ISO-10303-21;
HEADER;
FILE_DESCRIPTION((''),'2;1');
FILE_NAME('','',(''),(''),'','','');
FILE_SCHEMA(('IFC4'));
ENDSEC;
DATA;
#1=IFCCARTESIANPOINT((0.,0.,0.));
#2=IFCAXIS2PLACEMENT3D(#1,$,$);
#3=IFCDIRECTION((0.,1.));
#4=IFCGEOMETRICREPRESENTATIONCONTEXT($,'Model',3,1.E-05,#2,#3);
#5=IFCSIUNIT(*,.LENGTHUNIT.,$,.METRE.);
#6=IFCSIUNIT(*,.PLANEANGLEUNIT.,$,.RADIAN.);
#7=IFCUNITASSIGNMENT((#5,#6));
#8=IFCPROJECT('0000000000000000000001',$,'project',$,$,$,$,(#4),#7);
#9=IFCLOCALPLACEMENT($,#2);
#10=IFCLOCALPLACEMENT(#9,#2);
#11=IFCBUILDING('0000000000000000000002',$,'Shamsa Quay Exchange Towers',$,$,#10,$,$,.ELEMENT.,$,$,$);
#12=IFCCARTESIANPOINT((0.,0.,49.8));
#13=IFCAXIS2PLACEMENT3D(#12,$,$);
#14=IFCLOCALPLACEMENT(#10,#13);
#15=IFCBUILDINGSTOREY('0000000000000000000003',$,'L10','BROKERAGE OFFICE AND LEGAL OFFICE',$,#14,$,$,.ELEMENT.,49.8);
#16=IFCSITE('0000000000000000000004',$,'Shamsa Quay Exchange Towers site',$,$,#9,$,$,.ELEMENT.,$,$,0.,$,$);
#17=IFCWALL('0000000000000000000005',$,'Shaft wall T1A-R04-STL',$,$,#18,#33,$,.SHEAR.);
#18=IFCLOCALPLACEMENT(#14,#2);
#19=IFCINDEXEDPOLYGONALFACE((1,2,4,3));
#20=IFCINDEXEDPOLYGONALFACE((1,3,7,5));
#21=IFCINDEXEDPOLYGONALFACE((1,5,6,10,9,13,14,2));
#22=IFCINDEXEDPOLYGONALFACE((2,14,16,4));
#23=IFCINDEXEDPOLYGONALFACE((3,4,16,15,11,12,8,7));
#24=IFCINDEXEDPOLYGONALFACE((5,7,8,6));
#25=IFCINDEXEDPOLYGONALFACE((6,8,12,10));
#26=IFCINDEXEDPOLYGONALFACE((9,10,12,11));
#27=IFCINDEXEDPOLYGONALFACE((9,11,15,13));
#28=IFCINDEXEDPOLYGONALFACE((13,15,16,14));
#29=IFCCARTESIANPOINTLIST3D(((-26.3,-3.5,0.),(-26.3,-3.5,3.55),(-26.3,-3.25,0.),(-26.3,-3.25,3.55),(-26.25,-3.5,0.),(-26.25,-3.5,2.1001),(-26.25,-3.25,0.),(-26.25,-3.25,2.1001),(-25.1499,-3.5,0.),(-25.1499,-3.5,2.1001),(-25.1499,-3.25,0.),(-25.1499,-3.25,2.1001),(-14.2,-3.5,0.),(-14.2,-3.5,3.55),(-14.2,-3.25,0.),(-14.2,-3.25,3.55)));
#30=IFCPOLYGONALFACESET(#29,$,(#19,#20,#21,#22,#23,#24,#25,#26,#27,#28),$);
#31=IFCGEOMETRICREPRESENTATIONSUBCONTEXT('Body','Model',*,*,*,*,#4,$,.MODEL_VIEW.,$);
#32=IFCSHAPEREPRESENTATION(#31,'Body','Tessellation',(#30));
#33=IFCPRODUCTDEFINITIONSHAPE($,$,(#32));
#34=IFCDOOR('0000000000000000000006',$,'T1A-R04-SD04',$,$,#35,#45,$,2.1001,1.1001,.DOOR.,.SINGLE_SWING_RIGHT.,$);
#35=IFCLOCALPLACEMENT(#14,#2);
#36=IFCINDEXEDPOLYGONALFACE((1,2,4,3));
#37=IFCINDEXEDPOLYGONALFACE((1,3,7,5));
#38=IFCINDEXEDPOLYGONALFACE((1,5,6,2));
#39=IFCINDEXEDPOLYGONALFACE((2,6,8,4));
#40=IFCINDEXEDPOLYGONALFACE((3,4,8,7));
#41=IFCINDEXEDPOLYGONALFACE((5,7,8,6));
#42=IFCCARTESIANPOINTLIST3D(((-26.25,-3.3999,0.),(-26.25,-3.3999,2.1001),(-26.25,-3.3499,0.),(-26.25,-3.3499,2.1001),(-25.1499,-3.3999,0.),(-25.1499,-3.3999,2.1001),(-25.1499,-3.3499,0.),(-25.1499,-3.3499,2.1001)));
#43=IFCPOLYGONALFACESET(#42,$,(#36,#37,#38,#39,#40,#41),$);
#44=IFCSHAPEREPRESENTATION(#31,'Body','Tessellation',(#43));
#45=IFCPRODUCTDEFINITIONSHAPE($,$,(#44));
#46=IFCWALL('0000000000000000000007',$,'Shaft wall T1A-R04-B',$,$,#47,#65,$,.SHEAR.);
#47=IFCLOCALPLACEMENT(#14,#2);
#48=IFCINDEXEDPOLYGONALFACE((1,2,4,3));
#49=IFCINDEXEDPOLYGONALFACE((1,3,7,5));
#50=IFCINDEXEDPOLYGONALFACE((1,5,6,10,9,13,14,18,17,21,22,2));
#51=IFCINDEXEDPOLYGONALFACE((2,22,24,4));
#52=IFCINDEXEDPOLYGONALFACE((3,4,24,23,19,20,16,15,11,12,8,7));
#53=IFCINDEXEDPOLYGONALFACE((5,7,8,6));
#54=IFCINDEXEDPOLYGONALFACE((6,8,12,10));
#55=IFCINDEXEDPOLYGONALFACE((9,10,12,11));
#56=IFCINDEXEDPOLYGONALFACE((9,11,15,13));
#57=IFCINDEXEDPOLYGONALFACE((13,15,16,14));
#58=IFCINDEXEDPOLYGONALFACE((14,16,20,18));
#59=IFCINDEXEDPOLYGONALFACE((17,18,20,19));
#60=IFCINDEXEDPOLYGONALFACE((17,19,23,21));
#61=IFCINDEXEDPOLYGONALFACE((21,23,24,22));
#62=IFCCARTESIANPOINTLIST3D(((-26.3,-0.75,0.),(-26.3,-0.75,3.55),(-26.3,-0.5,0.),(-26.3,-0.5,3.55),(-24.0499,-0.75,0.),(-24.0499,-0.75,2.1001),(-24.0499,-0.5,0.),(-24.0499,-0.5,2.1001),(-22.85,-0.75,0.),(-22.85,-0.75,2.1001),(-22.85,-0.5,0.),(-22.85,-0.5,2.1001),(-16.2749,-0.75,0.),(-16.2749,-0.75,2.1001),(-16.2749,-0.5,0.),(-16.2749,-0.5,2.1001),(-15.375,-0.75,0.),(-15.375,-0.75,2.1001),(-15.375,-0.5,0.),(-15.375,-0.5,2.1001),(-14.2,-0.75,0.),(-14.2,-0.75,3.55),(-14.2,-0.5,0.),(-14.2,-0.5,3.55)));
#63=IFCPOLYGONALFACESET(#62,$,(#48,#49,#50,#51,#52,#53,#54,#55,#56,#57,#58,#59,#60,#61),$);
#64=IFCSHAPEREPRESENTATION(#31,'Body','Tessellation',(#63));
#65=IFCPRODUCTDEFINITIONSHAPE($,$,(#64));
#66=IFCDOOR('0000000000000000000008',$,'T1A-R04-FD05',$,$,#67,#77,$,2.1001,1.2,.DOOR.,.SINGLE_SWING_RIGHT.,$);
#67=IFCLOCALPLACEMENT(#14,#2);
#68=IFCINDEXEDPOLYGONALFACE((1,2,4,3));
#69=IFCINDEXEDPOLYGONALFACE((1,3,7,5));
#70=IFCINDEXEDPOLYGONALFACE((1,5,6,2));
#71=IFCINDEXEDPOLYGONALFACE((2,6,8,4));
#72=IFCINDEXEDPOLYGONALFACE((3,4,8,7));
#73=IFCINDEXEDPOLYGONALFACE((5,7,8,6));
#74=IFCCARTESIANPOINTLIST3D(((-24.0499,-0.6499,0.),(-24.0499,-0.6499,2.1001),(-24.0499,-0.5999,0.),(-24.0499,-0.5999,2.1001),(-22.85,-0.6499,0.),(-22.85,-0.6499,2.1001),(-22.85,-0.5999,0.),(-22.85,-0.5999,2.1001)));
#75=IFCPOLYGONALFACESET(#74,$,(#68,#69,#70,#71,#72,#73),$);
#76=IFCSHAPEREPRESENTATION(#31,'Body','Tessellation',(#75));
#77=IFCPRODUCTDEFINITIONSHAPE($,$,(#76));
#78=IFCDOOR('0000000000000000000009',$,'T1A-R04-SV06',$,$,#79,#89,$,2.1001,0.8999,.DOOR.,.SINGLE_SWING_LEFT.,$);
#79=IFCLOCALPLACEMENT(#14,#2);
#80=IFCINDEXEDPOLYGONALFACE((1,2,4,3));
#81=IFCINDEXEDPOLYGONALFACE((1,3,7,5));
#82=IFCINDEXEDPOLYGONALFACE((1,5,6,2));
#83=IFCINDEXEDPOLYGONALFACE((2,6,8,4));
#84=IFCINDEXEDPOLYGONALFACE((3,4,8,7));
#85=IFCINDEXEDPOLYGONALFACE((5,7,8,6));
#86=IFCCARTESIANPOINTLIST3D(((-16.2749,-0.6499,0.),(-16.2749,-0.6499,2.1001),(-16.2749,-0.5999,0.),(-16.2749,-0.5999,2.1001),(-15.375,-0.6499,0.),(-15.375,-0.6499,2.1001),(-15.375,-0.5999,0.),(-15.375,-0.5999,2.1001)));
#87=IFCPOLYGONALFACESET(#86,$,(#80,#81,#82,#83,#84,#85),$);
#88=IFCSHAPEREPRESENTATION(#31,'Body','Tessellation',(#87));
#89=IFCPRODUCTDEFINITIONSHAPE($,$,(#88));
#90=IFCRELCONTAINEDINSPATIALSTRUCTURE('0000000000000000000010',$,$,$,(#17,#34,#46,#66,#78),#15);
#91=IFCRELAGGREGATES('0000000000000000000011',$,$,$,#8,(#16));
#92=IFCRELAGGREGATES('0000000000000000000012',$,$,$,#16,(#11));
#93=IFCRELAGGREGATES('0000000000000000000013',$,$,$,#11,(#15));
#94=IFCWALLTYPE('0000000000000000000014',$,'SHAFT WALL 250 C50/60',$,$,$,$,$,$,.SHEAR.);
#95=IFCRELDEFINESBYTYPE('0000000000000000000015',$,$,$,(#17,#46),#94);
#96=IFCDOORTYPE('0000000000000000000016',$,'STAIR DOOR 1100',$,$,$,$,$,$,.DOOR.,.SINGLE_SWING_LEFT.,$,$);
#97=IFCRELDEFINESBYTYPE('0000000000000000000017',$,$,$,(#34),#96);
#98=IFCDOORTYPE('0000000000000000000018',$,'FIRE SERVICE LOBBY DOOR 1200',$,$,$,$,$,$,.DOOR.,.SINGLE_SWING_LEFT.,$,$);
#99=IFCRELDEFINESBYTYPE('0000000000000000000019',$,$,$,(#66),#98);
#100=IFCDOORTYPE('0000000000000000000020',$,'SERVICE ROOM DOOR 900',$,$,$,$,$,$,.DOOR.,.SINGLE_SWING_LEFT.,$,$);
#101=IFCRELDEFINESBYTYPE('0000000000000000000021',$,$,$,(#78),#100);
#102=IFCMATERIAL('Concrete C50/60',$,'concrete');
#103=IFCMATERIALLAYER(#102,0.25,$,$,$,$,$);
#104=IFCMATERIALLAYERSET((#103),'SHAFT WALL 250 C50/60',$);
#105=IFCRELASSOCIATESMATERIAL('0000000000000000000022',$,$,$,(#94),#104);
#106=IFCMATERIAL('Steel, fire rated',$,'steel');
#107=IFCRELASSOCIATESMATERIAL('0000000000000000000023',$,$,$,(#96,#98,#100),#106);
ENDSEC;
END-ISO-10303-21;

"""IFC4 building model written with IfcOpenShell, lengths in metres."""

from ifc_helpers import new_model, si_unit, direction, frame, frame_2d, origin, place, context, subcontext, project, spatial, rectangle, extrude, material, layer, layer_set, type_object, element, fill, save


model = new_model("IFC4")

# Units and contexts
model_context = context("Model", 3, precision=1e-05, world=origin(), true_north=direction((0.0, 1.0)))
body_context = subcontext(model_context, "Body", "Model", "MODEL_VIEW")
ifc_project = project(units=[si_unit("LENGTHUNIT", "METRE"), si_unit("PLANEANGLEUNIT", "RADIAN")], contexts=[model_context])

# Site, building, storey
site_placement = place(None, origin())
site = spatial("IfcSite", under=ifc_project, at=site_placement, Name="Shamsa Quay Exchange Towers site", CompositionType="ELEMENT", RefElevation=0.0)
building_placement = place(site_placement, origin())
building = spatial("IfcBuilding", under=site, at=building_placement, Name="Shamsa Quay Exchange Towers", CompositionType="ELEMENT")
storey_placement = place(building_placement, frame((0.0, 0.0, 49.8)))
storey = spatial("IfcBuildingStorey", under=building, at=storey_placement, Name="L10", Description="BROKERAGE OFFICE AND LEGAL OFFICE", CompositionType="ELEMENT", Elevation=49.8)

# Wall, opening, door
ifc_material_1 = material(Name="Concrete C50/60", Category="concrete")
ifc_layer_1 = layer(ifc_material_1, 0.25)
ifc_layer_set_1 = layer_set([ifc_layer_1], Name="SHAFT WALL 250 C50/60")
wall_type = type_object("IfcWallType", Name="SHAFT WALL 250 C50/60", PredefinedType="SHEAR", material=ifc_layer_set_1)
wall_1_placement = place(storey_placement, frame((-14.2, -3.375, 0.0), z_axis=(0.0, 0.0, 1.0), x_axis=(-1.0, 0.0, 0.0)))
wall_1 = element("IfcWall", 1, at=wall_1_placement, inside=storey, type_object=wall_type, Name="Shaft wall T1A-R04-STL", PredefinedType="SHEAR", context=body_context, shape_type="SweptSolid", body=[
    extrude(rectangle(XDim=12.1001, YDim=0.25, at=frame_2d((6.05, 0.0))), origin(), (0.0, 0.0, 1.0), 3.55),
])
opening_1_placement = place(wall_1_placement, frame((10.95, 0.0, 0.0)))
opening_1 = element("IfcOpeningElement", 2, at=opening_1_placement, cuts=wall_1, PredefinedType="OPENING", context=body_context, shape_type="SweptSolid", body=[
    extrude(rectangle(XDim=1.1001, YDim=2.1001, at=frame_2d((0.55, 1.05))), frame((0.0, 0.135, 0.0), z_axis=(0.0, -1.0, 0.0), x_axis=(1.0, 0.0, 0.0)), (0.0, 0.0, 1.0), 0.27),
])
ifc_material_2 = material(Name="Steel, fire rated", Category="steel")
door_type_1 = type_object("IfcDoorType", Name="STAIR DOOR 1100", OperationType="SINGLE_SWING_LEFT", PredefinedType="DOOR", material=ifc_material_2)
door_1_placement = place(opening_1_placement, origin())
door_1 = element("IfcDoor", 3, at=door_1_placement, inside=storey, type_object=door_type_1, Name="T1A-R04-SD04", OperationType="SINGLE_SWING_RIGHT", OverallHeight=2.1001, OverallWidth=1.1001, PredefinedType="DOOR", context=body_context, shape_type="SweptSolid", body=[
    extrude(rectangle(XDim=1.1001, YDim=2.1001, at=frame_2d((0.55, 1.05))), frame((0.0, 0.0249, 0.0), z_axis=(0.0, -1.0, 0.0), x_axis=(1.0, 0.0, 0.0)), (0.0, 0.0, 1.0), 0.05),
])
fill(opening_1, door_1)

# Wall, openings, doors
wall_2_placement = place(storey_placement, frame((-14.2, -0.625, 0.0), z_axis=(0.0, 0.0, 1.0), x_axis=(-1.0, 0.0, 0.0)))
wall_2 = element("IfcWall", 4, at=wall_2_placement, inside=storey, type_object=wall_type, Name="Shaft wall T1A-R04-B", PredefinedType="SHEAR", context=body_context, shape_type="SweptSolid", body=[
    extrude(rectangle(XDim=12.1001, YDim=0.25, at=frame_2d((6.05, 0.0))), origin(), (0.0, 0.0, 1.0), 3.55),
])
opening_2_placement = place(wall_2_placement, frame((8.6499, 0.0, 0.0)))
opening_2 = element("IfcOpeningElement", 5, at=opening_2_placement, cuts=wall_2, PredefinedType="OPENING", context=body_context, shape_type="SweptSolid", body=[
    extrude(rectangle(XDim=1.2, YDim=2.1001, at=frame_2d((0.6001, 1.05))), frame((0.0, 0.135, 0.0), z_axis=(0.0, -1.0, 0.0), x_axis=(1.0, 0.0, 0.0)), (0.0, 0.0, 1.0), 0.27),
])
opening_3_placement = place(wall_2_placement, frame((1.175, 0.0, 0.0)))
opening_3 = element("IfcOpeningElement", 6, at=opening_3_placement, cuts=wall_2, PredefinedType="OPENING", context=body_context, shape_type="SweptSolid", body=[
    extrude(rectangle(XDim=0.8999, YDim=2.1001, at=frame_2d((0.45, 1.05))), frame((0.0, 0.135, 0.0), z_axis=(0.0, -1.0, 0.0), x_axis=(1.0, 0.0, 0.0)), (0.0, 0.0, 1.0), 0.27),
])
door_type_2 = type_object("IfcDoorType", Name="FIRE SERVICE LOBBY DOOR 1200", OperationType="SINGLE_SWING_LEFT", PredefinedType="DOOR", material=ifc_material_2)
door_2_placement = place(opening_2_placement, origin())
door_2 = element("IfcDoor", 7, at=door_2_placement, inside=storey, type_object=door_type_2, Name="T1A-R04-FD05", OperationType="SINGLE_SWING_RIGHT", OverallHeight=2.1001, OverallWidth=1.2, PredefinedType="DOOR", context=body_context, shape_type="SweptSolid", body=[
    extrude(rectangle(XDim=1.2, YDim=2.1001, at=frame_2d((0.6001, 1.05))), frame((0.0, 0.0249, 0.0), z_axis=(0.0, -1.0, 0.0), x_axis=(1.0, 0.0, 0.0)), (0.0, 0.0, 1.0), 0.05),
])
fill(opening_2, door_2)
door_type_3 = type_object("IfcDoorType", Name="SERVICE ROOM DOOR 900", OperationType="SINGLE_SWING_LEFT", PredefinedType="DOOR", material=ifc_material_2)
door_3_placement = place(opening_3_placement, origin())
door_3 = element("IfcDoor", 8, at=door_3_placement, inside=storey, type_object=door_type_3, Name="T1A-R04-SV06", OperationType="SINGLE_SWING_LEFT", OverallHeight=2.1001, OverallWidth=0.8999, PredefinedType="DOOR", context=body_context, shape_type="SweptSolid", body=[
    extrude(rectangle(XDim=0.8999, YDim=2.1001, at=frame_2d((0.45, 1.05))), frame((0.0, 0.0249, 0.0), z_axis=(0.0, -1.0, 0.0), x_axis=(1.0, 0.0, 0.0)), (0.0, 0.0, 1.0), 0.05),
])
fill(opening_3, door_3)

save(model, "model.ifc")
